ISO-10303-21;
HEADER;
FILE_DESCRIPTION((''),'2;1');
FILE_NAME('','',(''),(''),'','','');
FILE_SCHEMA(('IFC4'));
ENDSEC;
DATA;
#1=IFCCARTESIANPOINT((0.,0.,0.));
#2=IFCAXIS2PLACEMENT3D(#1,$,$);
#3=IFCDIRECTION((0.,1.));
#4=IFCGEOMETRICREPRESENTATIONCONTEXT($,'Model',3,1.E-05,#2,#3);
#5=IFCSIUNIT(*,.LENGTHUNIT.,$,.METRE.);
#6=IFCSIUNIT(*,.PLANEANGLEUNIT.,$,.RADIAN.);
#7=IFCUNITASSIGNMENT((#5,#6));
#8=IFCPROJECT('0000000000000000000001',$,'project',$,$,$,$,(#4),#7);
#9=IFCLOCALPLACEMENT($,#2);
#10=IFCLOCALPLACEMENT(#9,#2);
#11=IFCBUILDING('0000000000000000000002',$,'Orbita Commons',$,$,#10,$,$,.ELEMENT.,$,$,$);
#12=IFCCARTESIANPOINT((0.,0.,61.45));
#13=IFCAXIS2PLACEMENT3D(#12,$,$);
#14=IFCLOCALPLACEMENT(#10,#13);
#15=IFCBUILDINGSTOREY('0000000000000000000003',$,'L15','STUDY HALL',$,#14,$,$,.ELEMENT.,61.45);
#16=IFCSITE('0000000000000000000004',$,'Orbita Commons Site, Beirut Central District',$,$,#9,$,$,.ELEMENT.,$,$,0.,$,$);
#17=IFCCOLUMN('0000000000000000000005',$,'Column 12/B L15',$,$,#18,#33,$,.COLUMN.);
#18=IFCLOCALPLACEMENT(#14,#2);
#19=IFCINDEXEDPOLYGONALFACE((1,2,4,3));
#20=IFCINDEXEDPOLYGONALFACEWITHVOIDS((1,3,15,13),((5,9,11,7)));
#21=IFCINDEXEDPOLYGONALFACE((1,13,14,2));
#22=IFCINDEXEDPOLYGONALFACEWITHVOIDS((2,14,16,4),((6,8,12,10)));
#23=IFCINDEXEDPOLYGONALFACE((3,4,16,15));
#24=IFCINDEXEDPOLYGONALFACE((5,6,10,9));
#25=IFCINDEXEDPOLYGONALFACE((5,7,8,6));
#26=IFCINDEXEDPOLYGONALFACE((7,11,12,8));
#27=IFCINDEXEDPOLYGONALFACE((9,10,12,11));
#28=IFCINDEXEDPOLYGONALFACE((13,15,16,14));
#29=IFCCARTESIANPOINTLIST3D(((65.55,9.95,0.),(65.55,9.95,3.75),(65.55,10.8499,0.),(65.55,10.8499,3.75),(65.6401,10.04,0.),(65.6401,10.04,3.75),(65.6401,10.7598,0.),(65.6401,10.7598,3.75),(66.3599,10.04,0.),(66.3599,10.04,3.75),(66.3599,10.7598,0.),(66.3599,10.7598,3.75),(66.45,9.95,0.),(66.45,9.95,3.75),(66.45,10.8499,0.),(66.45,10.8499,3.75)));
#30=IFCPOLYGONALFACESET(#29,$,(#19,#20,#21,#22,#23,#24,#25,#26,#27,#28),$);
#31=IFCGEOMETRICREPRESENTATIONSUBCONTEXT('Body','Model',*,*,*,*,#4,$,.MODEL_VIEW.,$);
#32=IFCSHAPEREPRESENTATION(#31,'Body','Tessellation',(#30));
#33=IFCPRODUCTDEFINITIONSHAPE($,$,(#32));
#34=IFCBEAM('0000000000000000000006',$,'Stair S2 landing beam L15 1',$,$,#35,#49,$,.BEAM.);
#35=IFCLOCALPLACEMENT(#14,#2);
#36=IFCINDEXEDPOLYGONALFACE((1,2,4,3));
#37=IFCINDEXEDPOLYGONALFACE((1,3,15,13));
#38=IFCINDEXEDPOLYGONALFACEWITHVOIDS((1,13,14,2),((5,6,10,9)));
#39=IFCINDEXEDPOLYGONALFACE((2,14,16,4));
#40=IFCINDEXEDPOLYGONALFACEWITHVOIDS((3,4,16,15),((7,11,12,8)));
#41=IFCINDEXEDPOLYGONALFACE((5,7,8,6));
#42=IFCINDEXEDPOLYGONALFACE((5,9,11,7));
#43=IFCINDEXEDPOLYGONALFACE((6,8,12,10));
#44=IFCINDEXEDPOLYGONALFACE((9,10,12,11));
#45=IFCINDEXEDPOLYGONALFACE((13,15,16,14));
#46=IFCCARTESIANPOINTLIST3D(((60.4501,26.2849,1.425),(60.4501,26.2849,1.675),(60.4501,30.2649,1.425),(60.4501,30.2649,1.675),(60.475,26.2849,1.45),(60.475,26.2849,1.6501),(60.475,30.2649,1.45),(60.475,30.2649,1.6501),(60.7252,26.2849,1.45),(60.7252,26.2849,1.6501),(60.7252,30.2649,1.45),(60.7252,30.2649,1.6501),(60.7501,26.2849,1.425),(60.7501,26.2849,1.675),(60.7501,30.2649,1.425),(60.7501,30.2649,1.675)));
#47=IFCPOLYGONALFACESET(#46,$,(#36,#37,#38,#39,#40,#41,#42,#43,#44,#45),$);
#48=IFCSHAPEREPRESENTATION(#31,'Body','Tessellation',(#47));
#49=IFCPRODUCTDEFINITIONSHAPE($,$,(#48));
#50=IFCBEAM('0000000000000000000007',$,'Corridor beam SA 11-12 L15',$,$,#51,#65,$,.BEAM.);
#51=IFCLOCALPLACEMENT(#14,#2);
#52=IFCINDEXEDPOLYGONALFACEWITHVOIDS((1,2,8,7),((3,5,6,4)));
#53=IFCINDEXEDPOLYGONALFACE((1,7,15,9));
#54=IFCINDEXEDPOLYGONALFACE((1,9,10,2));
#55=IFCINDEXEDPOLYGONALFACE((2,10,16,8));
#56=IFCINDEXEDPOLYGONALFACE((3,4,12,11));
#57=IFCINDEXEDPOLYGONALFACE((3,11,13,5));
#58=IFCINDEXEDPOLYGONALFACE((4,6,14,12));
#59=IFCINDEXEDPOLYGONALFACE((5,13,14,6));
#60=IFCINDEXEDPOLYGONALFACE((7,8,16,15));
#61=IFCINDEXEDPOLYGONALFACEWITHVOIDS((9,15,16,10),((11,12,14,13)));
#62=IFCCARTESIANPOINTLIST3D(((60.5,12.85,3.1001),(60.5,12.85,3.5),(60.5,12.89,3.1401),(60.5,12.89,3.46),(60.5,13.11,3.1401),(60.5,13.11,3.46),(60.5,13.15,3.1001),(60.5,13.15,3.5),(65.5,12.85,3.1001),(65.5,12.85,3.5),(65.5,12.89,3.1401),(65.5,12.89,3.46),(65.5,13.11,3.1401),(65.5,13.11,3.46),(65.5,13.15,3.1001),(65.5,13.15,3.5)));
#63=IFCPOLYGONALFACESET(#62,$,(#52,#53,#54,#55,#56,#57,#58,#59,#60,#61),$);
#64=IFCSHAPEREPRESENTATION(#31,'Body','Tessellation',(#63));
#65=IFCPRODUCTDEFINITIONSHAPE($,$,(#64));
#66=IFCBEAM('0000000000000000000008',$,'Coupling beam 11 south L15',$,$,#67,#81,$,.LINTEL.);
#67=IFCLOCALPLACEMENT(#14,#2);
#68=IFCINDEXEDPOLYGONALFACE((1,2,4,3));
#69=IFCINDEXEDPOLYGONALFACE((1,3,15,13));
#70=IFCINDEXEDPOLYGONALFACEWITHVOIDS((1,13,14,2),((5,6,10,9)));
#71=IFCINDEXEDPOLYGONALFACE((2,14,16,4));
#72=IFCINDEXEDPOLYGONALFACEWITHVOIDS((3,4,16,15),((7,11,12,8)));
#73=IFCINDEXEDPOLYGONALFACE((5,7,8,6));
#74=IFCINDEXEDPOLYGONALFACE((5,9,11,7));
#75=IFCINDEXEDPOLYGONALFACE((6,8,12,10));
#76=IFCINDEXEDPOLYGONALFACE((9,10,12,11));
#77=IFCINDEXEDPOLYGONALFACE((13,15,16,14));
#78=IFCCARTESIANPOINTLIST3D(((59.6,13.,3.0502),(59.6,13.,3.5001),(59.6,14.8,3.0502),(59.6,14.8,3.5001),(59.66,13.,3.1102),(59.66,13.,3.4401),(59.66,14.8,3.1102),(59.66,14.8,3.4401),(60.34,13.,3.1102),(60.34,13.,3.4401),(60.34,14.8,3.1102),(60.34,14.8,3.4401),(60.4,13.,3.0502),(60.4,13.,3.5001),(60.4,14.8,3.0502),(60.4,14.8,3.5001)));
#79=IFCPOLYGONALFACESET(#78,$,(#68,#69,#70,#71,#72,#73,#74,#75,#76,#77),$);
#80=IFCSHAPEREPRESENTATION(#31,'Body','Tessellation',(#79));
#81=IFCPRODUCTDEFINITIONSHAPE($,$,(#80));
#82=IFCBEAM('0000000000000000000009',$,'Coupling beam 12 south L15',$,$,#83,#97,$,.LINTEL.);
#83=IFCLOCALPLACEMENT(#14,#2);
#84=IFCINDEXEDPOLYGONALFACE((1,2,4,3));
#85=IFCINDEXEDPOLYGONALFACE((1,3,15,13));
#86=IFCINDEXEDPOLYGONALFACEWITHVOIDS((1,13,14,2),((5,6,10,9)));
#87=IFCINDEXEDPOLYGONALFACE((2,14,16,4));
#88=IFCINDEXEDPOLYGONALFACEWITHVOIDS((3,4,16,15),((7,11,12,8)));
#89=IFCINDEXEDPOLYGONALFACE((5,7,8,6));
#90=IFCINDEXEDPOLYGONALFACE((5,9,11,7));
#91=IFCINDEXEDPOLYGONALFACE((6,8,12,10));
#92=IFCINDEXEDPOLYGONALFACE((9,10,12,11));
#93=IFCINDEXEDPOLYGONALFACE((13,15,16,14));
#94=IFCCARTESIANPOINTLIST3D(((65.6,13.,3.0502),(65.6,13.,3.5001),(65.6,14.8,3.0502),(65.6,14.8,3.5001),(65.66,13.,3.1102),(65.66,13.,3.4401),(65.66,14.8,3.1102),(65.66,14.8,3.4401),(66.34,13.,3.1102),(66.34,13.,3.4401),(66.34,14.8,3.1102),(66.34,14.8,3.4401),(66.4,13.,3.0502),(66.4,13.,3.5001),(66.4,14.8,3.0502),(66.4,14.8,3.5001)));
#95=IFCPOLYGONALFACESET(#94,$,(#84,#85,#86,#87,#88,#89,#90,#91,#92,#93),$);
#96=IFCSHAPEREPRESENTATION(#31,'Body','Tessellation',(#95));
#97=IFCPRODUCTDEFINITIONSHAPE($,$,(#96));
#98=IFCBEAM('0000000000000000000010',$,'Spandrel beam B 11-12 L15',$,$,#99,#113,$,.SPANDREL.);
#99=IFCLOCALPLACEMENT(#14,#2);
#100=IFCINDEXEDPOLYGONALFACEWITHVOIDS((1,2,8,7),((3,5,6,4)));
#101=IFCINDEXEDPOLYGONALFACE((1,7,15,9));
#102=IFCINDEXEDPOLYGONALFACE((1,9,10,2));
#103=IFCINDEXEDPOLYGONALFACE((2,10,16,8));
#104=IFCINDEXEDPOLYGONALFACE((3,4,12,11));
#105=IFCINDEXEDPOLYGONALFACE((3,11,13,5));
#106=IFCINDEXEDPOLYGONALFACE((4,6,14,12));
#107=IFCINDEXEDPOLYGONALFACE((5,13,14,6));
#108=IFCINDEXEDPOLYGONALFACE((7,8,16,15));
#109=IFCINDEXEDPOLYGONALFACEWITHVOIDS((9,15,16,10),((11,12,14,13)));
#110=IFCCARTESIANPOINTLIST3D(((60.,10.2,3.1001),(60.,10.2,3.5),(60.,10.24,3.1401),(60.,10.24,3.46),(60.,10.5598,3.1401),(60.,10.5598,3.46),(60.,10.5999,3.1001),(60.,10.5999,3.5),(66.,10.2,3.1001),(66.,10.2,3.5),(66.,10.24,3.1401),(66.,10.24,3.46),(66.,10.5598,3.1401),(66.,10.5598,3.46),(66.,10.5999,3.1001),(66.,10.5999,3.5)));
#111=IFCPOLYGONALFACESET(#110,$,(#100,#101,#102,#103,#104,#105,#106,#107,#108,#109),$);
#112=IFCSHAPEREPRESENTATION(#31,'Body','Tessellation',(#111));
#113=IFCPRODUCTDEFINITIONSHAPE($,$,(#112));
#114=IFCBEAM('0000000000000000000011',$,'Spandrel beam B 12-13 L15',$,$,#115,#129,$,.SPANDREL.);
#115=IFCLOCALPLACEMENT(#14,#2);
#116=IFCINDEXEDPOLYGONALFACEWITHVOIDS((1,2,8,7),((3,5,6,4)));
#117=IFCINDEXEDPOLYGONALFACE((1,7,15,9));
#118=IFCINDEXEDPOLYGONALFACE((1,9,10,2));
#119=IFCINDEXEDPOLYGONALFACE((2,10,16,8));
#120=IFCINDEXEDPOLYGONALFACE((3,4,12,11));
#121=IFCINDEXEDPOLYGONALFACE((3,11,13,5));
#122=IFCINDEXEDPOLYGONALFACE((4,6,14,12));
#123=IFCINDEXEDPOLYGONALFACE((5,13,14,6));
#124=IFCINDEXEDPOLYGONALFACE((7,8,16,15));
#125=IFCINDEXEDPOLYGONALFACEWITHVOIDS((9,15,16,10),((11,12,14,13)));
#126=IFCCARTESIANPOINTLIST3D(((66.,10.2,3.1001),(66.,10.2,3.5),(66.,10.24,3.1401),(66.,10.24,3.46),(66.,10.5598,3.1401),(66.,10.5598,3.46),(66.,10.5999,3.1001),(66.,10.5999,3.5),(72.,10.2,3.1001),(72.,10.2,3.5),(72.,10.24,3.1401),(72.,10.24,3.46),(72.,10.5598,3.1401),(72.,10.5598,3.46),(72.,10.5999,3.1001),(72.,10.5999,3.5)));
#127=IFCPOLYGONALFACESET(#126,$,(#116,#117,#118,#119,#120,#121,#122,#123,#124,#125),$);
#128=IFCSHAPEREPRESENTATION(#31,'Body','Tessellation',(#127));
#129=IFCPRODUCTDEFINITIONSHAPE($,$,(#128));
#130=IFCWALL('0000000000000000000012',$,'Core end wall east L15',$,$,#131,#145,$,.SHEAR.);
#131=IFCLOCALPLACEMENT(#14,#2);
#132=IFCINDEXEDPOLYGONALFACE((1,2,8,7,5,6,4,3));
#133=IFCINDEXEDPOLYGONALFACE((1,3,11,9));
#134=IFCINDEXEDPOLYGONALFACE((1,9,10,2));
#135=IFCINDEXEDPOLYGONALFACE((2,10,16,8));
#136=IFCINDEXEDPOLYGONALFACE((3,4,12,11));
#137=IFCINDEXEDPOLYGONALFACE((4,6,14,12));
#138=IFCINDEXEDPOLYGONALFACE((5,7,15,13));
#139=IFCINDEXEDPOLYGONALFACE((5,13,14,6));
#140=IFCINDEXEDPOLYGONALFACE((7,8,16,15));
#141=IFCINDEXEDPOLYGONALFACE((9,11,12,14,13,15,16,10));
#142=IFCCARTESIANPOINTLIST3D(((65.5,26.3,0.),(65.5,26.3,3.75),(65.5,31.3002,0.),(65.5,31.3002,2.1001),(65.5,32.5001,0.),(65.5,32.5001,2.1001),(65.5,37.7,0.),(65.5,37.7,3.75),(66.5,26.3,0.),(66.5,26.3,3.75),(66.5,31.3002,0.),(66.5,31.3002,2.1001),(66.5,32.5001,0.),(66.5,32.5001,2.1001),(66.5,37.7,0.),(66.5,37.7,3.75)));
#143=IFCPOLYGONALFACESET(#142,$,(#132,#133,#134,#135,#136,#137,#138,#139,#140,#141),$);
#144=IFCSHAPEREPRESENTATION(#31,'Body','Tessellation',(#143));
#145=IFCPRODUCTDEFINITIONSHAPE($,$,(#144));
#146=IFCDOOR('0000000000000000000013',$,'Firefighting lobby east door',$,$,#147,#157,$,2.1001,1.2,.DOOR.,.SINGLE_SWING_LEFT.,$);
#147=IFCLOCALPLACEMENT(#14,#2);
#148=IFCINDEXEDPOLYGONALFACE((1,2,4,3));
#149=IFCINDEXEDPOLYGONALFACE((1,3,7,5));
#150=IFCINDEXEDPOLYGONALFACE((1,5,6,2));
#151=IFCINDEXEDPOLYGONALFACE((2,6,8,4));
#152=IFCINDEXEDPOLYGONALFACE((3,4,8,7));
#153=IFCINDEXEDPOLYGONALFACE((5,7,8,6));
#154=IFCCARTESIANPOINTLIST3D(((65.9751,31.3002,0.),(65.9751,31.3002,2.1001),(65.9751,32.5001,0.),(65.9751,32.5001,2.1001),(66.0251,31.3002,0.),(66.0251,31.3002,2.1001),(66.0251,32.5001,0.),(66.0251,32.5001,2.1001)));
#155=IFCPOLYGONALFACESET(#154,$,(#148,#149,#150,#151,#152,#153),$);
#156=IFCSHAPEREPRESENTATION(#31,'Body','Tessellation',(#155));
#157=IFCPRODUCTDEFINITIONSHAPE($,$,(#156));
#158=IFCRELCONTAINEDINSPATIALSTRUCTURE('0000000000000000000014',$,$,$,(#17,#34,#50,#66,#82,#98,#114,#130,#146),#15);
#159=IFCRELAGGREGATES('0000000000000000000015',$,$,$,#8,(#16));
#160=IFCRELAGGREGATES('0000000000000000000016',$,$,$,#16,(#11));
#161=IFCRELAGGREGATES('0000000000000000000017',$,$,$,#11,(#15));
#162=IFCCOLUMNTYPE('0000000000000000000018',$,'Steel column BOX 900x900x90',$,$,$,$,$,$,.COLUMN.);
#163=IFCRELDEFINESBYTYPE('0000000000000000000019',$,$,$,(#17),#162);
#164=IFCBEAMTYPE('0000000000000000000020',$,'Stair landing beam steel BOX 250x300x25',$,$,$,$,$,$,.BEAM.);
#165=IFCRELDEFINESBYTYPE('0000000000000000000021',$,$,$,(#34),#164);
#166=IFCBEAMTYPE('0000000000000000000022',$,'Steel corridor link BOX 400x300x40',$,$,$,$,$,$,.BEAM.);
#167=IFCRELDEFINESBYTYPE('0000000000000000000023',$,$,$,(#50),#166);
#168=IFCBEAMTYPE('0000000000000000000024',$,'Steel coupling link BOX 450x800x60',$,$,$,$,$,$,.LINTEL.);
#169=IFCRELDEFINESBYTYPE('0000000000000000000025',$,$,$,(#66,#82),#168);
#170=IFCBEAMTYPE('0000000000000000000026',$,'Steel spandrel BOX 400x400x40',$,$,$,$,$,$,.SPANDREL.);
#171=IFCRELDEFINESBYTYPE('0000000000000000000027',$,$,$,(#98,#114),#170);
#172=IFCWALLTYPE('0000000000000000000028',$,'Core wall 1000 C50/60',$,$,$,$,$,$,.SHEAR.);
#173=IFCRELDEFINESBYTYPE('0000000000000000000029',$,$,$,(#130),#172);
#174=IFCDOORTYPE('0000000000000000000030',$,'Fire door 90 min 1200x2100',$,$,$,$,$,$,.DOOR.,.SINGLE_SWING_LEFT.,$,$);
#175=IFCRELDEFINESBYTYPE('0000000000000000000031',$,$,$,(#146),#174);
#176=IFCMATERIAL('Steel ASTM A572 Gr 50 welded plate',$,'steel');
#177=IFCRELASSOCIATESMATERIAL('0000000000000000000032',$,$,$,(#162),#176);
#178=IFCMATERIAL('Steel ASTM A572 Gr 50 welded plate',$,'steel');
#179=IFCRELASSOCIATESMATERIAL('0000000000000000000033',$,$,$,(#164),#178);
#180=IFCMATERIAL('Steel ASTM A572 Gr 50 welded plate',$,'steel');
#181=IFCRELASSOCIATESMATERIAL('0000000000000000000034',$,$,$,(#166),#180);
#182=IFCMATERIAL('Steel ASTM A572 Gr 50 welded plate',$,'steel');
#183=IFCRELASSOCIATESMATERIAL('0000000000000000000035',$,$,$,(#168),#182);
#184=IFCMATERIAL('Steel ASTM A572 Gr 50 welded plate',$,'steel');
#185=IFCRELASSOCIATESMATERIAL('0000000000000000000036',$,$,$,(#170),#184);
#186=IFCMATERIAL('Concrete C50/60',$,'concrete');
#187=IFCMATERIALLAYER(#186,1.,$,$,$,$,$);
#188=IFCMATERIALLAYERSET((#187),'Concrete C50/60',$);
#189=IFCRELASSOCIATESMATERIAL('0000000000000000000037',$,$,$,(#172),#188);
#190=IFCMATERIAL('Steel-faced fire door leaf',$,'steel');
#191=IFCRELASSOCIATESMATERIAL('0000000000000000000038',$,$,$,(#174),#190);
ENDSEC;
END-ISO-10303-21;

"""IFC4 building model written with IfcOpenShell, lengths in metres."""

from ifc_helpers import new_model, si_unit, direction, frame, frame_2d, origin, origin_2d, place, context, subcontext, project, spatial, rectangle, hollow_rectangle, extrude, material, layer, layer_set, material_profile, profile_set, type_object, element, fill, save


model = new_model("IFC4")

# Units and contexts
model_context = context("Model", 3, precision=1e-05, world=origin(), true_north=direction((0.0, 1.0)))
body_context = subcontext(model_context, "Body", "Model", "MODEL_VIEW")
ifc_project = project(units=[si_unit("LENGTHUNIT", "METRE"), si_unit("PLANEANGLEUNIT", "RADIAN")], contexts=[model_context])

# Site, building, storey
site_placement = place(None, origin())
site = spatial("IfcSite", under=ifc_project, at=site_placement, Name="Orbita Commons Site, Beirut Central District", CompositionType="ELEMENT", RefElevation=0.0)
building_placement = place(site_placement, origin())
building = spatial("IfcBuilding", under=site, at=building_placement, Name="Orbita Commons", CompositionType="ELEMENT")
storey_placement = place(building_placement, frame((0.0, 0.0, 61.45)))
storey = spatial("IfcBuildingStorey", under=building, at=storey_placement, Name="L15", Description="STUDY HALL", CompositionType="ELEMENT", Elevation=61.45)

# Column
ifc_material_1 = material(Name="Steel ASTM A572 Gr 50 welded plate", Category="steel")
ifc_material_profile_1 = material_profile(ifc_material_1, hollow_rectangle(XDim=0.8999, YDim=0.8999, WallThickness=0.0901, at=origin_2d()), Name="BOX 900x900x90")
ifc_profile_set_1 = profile_set([ifc_material_profile_1], Name="Steel ASTM A572 Gr 50 welded plate")
column_type = type_object("IfcColumnType", Name="Steel column BOX 900x900x90", PredefinedType="COLUMN", material=ifc_profile_set_1)
column_placement = place(storey_placement, frame((66.0, 10.3999, 0.0), z_axis=(0.0, 0.0, 1.0), x_axis=(1.0, 0.0, 0.0)))
element("IfcColumn", 1, at=column_placement, inside=storey, type_object=column_type, Name="Column 12/B L15", PredefinedType="COLUMN", context=body_context, shape_type="SweptSolid", body=[
    extrude(hollow_rectangle(XDim=0.8999, YDim=0.8999, WallThickness=0.0901, at=origin_2d()), origin(), (0.0, 0.0, 1.0), 3.75),
])

# Beams
ifc_material_2 = material(Name="Steel ASTM A572 Gr 50 welded plate", Category="steel")
ifc_material_profile_2 = material_profile(ifc_material_2, hollow_rectangle(XDim=0.3, YDim=0.25, WallThickness=0.0249, at=origin_2d()), Name="BOX 250x300x25")
ifc_profile_set_2 = profile_set([ifc_material_profile_2], Name="Steel ASTM A572 Gr 50 welded plate")
beam_type_1 = type_object("IfcBeamType", Name="Stair landing beam steel BOX 250x300x25", PredefinedType="BEAM", material=ifc_profile_set_2)
beam_1_placement = place(storey_placement, frame((60.6001, 26.2849, 1.55), z_axis=(0.0, 1.0, 0.0), x_axis=(-1.0, 0.0, 0.0)))
element("IfcBeam", 2, at=beam_1_placement, inside=storey, type_object=beam_type_1, Name="Stair S2 landing beam L15 1", PredefinedType="BEAM", context=body_context, shape_type="SweptSolid", body=[
    extrude(hollow_rectangle(XDim=0.3, YDim=0.25, WallThickness=0.0249, at=origin_2d()), origin(), (0.0, 0.0, 1.0), 3.98),
])
ifc_material_3 = material(Name="Steel ASTM A572 Gr 50 welded plate", Category="steel")
ifc_material_profile_3 = material_profile(ifc_material_3, hollow_rectangle(XDim=0.3, YDim=0.3999, WallThickness=0.04, at=origin_2d()), Name="BOX 400x300x40")
ifc_profile_set_3 = profile_set([ifc_material_profile_3], Name="Steel ASTM A572 Gr 50 welded plate")
beam_type_2 = type_object("IfcBeamType", Name="Steel corridor link BOX 400x300x40", PredefinedType="BEAM", material=ifc_profile_set_3)
beam_2_placement = place(storey_placement, frame((60.5, 13.0, 3.3), z_axis=(1.0, 0.0, 0.0), x_axis=(0.0, 1.0, 0.0)))
element("IfcBeam", 3, at=beam_2_placement, inside=storey, type_object=beam_type_2, Name="Corridor beam SA 11-12 L15", PredefinedType="BEAM", context=body_context, shape_type="SweptSolid", body=[
    extrude(hollow_rectangle(XDim=0.3, YDim=0.3999, WallThickness=0.04, at=origin_2d()), origin(), (0.0, 0.0, 1.0), 5.0),
])
ifc_material_4 = material(Name="Steel ASTM A572 Gr 50 welded plate", Category="steel")
ifc_material_profile_4 = material_profile(ifc_material_4, hollow_rectangle(XDim=0.8, YDim=0.45, WallThickness=0.0601, at=origin_2d()), Name="BOX 450x800x60")
ifc_profile_set_4 = profile_set([ifc_material_profile_4], Name="Steel ASTM A572 Gr 50 welded plate")
beam_type_3 = type_object("IfcBeamType", Name="Steel coupling link BOX 450x800x60", PredefinedType="LINTEL", material=ifc_profile_set_4)
for number, where, z_axis, x_axis, name in (
    (4, (60.0, 13.0, 3.2751), (0.0, 1.0, 0.0), (-1.0, 0.0, 0.0), "Coupling beam 11 south L15"),
    (5, (66.0, 13.0, 3.2751), (0.0, 1.0, 0.0), (-1.0, 0.0, 0.0), "Coupling beam 12 south L15"),
):
    element("IfcBeam", number, at=place(storey_placement, frame(where, z_axis=z_axis, x_axis=x_axis)), inside=storey, type_object=beam_type_3, Name=name, PredefinedType="LINTEL", context=body_context, shape_type="SweptSolid", body=[
        extrude(hollow_rectangle(XDim=0.8, YDim=0.45, WallThickness=0.0601, at=origin_2d()), origin(), (0.0, 0.0, 1.0), 1.8),
    ])
ifc_material_5 = material(Name="Steel ASTM A572 Gr 50 welded plate", Category="steel")
ifc_material_profile_5 = material_profile(ifc_material_5, hollow_rectangle(XDim=0.3999, YDim=0.3999, WallThickness=0.04, at=origin_2d()), Name="BOX 400x400x40")
ifc_profile_set_5 = profile_set([ifc_material_profile_5], Name="Steel ASTM A572 Gr 50 welded plate")
beam_type_4 = type_object("IfcBeamType", Name="Steel spandrel BOX 400x400x40", PredefinedType="SPANDREL", material=ifc_profile_set_5)
for number, where, z_axis, x_axis, name in (
    (6, (60.0, 10.3999, 3.3), (1.0, 0.0, 0.0), (0.0, 1.0, 0.0), "Spandrel beam B 11-12 L15"),
    (7, (66.0, 10.3999, 3.3), (1.0, 0.0, 0.0), (0.0, 1.0, 0.0), "Spandrel beam B 12-13 L15"),
):
    element("IfcBeam", number, at=place(storey_placement, frame(where, z_axis=z_axis, x_axis=x_axis)), inside=storey, type_object=beam_type_4, Name=name, PredefinedType="SPANDREL", context=body_context, shape_type="SweptSolid", body=[
        extrude(hollow_rectangle(XDim=0.3999, YDim=0.3999, WallThickness=0.04, at=origin_2d()), origin(), (0.0, 0.0, 1.0), 6.0),
    ])

# Wall, opening, door
ifc_material_6 = material(Name="Concrete C50/60", Category="concrete")
ifc_layer_1 = layer(ifc_material_6, 1.0)
ifc_layer_set_1 = layer_set([ifc_layer_1], Name="Concrete C50/60")
wall_type_1 = type_object("IfcWallType", Name="Core wall 1000 C50/60", PredefinedType="SHEAR", material=ifc_layer_set_1)
wall_1_placement = place(storey_placement, frame((66.0, 26.3, 0.0), z_axis=(0.0, 0.0, 1.0), x_axis=(0.0, 1.0, 0.0)))
wall_1 = element("IfcWall", 8, at=wall_1_placement, inside=storey, type_object=wall_type_1, Name="Core end wall east L15", PredefinedType="SHEAR", context=body_context, shape_type="SweptSolid", body=[
    extrude(rectangle(XDim=11.3999, YDim=1.0, at=frame_2d((5.7, 0.0))), origin(), (0.0, 0.0, 1.0), 3.75),
])
opening_1_placement = place(wall_1_placement, frame((5.0, 0.0, 0.0)))
opening_1 = element("IfcOpeningElement", 9, at=opening_1_placement, cuts=wall_1, PredefinedType="OPENING", context=body_context, shape_type="SweptSolid", body=[
    extrude(rectangle(XDim=1.2, YDim=2.1001, at=frame_2d((0.6001, 1.05))), frame((0.0, 0.51, 0.0), z_axis=(0.0, -1.0, 0.0), x_axis=(1.0, 0.0, 0.0)), (0.0, 0.0, 1.0), 1.02),
])
ifc_material_7 = material(Name="Steel-faced fire door leaf", Category="steel")
door_type_1 = type_object("IfcDoorType", Name="Fire door 90 min 1200x2100", OperationType="SINGLE_SWING_LEFT", PredefinedType="DOOR", material=ifc_material_7)
door_1_placement = place(opening_1_placement, origin())
door_1 = element("IfcDoor", 10, at=door_1_placement, inside=storey, type_object=door_type_1, Name="Firefighting lobby east door", OperationType="SINGLE_SWING_LEFT", OverallHeight=2.1001, OverallWidth=1.2, PredefinedType="DOOR", context=body_context, shape_type="SweptSolid", body=[
    extrude(rectangle(XDim=1.2, YDim=2.1001, at=frame_2d((0.6001, 1.05))), frame((0.0, 0.0249, 0.0), z_axis=(0.0, -1.0, 0.0), x_axis=(1.0, 0.0, 0.0)), (0.0, 0.0, 1.0), 0.05),
])
fill(opening_1, door_1)

save(model, "model.ifc")
